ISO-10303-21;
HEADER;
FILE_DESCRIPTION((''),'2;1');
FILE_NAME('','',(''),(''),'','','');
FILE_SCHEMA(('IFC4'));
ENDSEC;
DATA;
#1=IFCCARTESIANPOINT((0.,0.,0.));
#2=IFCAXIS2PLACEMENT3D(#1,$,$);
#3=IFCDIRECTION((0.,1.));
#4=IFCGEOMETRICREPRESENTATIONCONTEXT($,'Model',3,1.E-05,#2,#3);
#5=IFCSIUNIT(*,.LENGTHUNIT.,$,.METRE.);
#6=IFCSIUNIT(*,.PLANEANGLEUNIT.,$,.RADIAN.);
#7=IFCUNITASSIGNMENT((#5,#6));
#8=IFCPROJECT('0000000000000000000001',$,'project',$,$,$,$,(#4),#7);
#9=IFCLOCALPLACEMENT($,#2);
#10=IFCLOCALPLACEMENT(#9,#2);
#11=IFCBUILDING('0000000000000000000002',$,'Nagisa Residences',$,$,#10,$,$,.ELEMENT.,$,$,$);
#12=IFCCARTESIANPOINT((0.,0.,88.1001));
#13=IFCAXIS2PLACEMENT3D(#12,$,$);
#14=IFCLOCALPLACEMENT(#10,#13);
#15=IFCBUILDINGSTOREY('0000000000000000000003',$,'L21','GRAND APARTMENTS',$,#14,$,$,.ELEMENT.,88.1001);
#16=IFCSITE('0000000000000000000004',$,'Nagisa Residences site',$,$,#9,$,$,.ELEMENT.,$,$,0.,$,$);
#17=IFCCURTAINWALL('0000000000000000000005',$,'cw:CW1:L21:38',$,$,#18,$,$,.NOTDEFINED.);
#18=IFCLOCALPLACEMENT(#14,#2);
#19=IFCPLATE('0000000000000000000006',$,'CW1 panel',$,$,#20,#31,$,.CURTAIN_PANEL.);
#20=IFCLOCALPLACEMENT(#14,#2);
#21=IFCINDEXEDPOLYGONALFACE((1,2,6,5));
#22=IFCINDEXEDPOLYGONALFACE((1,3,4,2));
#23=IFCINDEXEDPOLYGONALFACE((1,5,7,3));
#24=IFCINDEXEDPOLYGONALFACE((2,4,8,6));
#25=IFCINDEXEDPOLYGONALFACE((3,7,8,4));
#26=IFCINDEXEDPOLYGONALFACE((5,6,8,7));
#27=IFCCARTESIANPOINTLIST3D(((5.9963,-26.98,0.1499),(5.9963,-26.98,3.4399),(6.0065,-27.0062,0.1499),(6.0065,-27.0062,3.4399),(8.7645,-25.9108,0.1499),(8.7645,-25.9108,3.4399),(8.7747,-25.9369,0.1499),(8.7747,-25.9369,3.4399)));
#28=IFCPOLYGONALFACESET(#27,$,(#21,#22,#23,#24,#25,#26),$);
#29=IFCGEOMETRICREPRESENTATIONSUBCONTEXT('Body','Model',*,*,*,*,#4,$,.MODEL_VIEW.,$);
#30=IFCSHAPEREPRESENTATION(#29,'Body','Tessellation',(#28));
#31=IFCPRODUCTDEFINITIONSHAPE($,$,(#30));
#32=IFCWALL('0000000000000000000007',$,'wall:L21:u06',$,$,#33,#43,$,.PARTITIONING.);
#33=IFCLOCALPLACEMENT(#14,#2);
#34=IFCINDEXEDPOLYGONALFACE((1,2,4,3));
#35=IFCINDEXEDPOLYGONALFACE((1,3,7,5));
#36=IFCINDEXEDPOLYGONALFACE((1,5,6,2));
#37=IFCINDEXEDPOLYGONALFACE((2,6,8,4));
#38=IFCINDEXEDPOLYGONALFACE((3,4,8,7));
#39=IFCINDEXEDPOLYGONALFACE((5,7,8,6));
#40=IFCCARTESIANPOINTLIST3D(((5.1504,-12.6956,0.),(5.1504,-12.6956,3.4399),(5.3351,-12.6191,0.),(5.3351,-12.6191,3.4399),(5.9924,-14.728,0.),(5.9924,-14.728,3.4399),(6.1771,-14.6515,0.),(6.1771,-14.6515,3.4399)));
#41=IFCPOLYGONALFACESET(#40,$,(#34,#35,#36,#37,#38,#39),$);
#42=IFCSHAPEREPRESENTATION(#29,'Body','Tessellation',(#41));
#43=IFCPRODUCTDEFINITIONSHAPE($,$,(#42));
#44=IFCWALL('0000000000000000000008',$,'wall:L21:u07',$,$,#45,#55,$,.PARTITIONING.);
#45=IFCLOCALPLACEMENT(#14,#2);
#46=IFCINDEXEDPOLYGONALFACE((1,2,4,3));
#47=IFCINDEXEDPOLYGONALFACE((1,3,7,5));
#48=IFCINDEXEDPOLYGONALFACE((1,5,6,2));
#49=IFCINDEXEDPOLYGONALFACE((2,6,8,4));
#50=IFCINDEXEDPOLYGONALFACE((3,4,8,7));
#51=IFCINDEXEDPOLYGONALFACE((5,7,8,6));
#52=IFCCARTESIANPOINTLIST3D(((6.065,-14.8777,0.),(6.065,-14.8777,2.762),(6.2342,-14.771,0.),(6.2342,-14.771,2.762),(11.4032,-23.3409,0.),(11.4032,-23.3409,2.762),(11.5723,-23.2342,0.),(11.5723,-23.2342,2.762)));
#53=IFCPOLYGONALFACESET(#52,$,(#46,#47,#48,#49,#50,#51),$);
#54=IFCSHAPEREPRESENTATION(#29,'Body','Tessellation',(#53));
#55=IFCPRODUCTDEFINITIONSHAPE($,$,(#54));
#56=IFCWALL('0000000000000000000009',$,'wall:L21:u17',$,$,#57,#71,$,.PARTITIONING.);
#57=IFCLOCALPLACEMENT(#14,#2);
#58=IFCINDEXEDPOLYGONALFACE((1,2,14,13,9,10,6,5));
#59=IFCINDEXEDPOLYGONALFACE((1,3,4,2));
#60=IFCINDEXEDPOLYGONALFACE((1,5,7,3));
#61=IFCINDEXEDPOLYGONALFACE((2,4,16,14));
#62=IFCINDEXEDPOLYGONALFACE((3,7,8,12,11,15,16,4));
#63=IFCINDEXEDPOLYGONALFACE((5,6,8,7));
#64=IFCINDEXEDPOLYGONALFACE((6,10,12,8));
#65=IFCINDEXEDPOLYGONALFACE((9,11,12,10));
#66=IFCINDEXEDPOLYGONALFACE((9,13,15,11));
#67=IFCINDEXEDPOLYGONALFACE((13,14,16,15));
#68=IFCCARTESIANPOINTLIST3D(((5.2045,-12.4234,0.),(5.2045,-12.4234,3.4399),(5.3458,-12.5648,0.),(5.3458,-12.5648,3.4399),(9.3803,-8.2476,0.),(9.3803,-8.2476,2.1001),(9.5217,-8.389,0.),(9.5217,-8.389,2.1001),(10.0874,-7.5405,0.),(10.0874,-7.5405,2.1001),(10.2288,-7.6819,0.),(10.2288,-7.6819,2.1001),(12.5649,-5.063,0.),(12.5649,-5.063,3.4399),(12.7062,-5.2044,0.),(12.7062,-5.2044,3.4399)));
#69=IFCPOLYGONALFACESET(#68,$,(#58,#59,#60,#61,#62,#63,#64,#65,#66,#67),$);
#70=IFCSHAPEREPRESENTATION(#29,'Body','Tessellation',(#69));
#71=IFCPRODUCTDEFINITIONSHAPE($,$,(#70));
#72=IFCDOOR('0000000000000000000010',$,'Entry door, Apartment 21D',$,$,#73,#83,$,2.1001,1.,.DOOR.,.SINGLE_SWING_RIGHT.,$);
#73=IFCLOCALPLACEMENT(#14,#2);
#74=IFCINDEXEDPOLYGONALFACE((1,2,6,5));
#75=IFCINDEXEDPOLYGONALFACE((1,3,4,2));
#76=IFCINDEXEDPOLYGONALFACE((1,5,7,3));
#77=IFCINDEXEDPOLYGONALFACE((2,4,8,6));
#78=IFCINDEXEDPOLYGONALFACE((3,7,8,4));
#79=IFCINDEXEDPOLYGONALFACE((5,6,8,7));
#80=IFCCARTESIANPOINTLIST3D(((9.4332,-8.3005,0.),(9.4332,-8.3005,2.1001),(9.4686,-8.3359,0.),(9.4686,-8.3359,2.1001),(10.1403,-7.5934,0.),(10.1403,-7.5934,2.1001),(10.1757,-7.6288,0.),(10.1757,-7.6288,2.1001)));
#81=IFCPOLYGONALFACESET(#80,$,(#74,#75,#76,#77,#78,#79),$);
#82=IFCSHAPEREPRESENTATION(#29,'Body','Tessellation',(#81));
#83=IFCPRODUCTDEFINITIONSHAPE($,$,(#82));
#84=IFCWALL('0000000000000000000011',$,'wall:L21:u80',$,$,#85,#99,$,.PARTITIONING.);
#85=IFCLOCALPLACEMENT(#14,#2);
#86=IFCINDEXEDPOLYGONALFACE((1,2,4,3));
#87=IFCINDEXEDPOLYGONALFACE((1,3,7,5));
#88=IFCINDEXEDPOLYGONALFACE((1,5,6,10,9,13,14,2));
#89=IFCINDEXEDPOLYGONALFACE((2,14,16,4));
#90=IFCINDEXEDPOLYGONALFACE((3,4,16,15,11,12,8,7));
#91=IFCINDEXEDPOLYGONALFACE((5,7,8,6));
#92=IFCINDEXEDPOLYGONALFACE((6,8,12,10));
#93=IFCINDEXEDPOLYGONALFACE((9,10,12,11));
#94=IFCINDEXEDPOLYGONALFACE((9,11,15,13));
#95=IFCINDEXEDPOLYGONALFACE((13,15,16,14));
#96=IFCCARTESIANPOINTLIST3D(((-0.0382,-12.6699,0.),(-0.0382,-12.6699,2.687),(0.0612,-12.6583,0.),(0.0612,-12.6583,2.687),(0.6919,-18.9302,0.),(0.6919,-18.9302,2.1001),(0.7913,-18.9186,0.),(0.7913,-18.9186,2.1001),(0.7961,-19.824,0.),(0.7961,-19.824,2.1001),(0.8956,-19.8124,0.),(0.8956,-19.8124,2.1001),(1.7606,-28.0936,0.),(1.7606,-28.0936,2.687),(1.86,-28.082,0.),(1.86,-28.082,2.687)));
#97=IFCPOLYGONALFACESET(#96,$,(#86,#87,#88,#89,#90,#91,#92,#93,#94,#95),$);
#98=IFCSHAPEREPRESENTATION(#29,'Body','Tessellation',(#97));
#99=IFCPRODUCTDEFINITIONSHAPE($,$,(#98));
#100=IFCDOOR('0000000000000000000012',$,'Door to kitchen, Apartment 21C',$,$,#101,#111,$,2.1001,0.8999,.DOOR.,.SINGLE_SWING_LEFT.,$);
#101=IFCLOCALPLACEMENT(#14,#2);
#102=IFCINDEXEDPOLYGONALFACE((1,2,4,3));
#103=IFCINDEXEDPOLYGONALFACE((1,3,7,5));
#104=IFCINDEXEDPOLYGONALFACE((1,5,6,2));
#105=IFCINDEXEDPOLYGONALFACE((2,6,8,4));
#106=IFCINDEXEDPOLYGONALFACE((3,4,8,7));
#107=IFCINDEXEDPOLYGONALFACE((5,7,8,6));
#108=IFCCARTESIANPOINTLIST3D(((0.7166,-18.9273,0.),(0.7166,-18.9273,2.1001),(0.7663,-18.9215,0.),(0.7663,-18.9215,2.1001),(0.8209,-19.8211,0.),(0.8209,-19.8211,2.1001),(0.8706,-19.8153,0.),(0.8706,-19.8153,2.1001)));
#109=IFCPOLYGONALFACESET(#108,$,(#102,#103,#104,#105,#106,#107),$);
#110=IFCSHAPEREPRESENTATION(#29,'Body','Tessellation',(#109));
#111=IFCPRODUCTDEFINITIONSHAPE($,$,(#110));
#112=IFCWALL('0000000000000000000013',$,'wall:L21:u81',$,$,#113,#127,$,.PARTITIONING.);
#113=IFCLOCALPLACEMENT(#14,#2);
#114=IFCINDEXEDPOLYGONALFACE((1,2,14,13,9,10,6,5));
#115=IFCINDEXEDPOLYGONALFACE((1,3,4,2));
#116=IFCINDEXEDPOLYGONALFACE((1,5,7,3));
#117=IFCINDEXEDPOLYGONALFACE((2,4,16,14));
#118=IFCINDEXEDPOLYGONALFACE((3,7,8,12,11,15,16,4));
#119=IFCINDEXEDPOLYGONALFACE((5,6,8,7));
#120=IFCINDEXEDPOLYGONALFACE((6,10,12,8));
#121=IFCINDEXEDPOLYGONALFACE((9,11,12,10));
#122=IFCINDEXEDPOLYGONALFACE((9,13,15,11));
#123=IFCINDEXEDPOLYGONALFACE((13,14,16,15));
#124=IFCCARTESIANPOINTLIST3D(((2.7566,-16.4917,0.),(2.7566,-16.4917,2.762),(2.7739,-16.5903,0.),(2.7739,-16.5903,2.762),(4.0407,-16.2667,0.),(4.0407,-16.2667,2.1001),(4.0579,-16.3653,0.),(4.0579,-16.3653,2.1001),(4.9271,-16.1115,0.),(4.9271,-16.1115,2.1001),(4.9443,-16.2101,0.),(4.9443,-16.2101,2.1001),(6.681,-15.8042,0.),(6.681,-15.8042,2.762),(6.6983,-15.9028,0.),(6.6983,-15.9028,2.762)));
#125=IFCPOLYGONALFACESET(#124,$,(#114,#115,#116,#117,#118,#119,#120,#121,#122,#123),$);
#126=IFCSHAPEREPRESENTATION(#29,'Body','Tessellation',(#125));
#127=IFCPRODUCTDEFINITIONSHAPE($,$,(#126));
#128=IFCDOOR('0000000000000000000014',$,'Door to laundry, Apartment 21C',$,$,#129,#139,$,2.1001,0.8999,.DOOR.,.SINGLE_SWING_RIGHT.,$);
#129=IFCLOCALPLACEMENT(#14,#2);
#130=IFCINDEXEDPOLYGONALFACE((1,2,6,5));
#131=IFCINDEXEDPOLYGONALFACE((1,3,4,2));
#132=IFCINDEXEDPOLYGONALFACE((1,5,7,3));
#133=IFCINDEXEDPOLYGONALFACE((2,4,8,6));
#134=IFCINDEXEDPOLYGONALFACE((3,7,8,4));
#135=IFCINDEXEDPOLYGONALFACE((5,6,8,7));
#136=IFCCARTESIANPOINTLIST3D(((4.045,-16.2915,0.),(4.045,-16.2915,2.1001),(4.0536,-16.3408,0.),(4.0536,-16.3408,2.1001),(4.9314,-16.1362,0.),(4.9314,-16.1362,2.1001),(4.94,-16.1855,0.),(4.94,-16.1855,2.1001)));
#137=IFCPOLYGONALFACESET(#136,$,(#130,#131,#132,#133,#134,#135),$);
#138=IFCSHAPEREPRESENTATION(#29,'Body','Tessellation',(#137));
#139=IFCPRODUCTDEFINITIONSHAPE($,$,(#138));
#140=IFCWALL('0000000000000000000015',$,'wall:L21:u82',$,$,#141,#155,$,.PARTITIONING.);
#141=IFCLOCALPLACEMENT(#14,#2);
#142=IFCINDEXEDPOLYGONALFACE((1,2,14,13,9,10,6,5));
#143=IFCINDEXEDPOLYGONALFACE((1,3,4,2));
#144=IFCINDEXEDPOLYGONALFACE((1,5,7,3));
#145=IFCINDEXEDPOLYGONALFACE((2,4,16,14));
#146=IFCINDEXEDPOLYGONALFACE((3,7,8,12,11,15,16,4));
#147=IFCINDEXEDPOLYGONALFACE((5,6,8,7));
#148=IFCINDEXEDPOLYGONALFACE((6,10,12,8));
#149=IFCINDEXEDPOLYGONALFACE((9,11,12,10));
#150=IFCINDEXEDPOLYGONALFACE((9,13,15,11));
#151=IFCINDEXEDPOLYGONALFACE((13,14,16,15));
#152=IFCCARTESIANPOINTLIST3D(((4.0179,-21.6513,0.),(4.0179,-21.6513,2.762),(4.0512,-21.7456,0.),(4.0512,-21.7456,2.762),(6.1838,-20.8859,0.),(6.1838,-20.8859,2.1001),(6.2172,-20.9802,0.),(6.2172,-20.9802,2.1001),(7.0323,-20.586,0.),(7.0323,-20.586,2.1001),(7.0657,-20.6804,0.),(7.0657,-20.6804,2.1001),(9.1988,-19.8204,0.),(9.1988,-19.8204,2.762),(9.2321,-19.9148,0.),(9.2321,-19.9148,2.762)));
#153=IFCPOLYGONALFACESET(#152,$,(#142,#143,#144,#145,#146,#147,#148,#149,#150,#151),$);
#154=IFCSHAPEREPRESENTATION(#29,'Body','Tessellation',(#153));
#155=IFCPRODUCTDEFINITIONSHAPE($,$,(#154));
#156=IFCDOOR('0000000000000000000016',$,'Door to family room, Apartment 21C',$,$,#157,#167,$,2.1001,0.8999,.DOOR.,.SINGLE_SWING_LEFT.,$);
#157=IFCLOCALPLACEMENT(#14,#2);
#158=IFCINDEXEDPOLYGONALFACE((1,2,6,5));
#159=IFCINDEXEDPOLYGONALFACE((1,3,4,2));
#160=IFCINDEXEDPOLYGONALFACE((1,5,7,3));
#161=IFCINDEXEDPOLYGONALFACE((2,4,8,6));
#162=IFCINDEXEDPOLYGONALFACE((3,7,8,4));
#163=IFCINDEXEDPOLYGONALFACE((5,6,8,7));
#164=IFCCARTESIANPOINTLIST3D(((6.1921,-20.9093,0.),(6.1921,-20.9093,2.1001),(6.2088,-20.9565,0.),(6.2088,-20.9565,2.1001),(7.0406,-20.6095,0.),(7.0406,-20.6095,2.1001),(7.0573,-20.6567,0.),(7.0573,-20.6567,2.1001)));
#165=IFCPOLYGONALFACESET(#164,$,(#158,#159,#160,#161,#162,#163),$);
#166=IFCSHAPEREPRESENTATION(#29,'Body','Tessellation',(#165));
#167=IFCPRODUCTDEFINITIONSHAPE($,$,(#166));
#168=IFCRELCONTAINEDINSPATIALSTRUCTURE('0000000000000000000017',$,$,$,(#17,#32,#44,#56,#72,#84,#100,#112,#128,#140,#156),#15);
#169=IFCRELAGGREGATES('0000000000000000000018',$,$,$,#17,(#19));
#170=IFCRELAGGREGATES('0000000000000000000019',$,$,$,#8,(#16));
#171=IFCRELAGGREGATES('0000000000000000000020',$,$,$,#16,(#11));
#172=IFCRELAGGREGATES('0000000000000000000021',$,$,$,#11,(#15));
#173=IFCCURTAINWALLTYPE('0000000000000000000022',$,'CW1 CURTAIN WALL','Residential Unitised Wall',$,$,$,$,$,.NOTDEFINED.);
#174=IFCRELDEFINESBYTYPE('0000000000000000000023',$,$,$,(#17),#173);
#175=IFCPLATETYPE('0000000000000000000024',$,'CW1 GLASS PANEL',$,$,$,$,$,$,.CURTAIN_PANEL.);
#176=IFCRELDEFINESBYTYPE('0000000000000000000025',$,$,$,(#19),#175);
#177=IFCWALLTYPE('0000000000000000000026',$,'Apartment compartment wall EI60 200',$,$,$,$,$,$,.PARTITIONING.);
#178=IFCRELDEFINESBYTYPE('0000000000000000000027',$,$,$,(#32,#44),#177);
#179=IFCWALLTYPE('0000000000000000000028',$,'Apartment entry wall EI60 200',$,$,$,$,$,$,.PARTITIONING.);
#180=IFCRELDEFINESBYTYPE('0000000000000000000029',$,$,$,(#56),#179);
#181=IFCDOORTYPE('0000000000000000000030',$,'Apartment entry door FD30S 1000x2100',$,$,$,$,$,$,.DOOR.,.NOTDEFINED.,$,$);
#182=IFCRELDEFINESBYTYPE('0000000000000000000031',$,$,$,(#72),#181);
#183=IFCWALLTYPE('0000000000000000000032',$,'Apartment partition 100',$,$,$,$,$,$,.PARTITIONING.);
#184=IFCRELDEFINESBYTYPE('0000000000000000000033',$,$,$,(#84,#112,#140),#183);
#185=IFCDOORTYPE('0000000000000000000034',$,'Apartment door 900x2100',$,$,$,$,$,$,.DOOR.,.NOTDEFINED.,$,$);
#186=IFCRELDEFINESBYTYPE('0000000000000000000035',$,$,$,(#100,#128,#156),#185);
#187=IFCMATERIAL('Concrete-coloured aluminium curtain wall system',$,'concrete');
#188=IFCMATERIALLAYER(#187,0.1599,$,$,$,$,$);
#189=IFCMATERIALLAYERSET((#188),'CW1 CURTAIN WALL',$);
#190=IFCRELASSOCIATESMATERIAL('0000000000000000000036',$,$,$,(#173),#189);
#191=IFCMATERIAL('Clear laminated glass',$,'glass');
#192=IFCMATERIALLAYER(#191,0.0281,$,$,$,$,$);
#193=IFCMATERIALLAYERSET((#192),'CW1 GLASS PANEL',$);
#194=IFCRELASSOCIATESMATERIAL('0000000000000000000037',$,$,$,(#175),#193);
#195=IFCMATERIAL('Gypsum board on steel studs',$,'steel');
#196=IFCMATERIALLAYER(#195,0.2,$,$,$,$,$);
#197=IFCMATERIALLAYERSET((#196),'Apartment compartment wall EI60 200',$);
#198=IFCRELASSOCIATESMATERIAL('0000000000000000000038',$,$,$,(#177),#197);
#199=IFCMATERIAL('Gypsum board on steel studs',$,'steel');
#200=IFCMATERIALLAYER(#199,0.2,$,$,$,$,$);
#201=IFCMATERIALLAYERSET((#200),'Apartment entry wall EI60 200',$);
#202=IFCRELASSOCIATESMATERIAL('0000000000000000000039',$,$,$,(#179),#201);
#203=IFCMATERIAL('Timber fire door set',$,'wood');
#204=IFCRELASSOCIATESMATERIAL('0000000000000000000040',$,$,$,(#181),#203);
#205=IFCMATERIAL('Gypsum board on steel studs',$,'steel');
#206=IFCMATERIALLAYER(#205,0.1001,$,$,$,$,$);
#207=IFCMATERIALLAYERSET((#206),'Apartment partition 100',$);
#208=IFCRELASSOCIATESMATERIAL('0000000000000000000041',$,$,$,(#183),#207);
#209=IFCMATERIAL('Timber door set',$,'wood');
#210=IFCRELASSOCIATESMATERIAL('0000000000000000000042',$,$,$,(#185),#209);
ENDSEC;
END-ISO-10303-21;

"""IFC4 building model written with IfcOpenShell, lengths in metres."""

from ifc_helpers import new_model, si_unit, direction, frame, frame_2d, origin, origin_2d, place, context, subcontext, project, spatial, rectangle, extrude, material, layer, layer_set, type_object, element, fill, aggregate, save


model = new_model("IFC4")

# Units and contexts
model_context = context("Model", 3, precision=1e-05, world=origin(), true_north=direction((0.0, 1.0)))
body_context = subcontext(model_context, "Body", "Model", "MODEL_VIEW")
ifc_project = project(units=[si_unit("LENGTHUNIT", "METRE"), si_unit("PLANEANGLEUNIT", "RADIAN")], contexts=[model_context])

# Site, building, storey
site_placement = place(None, origin())
site = spatial("IfcSite", under=ifc_project, at=site_placement, Name="Nagisa Residences site", CompositionType="ELEMENT", RefElevation=0.0)
building_placement = place(site_placement, origin())
building = spatial("IfcBuilding", under=site, at=building_placement, Name="Nagisa Residences", CompositionType="ELEMENT")
storey_placement = place(building_placement, frame((0.0, 0.0, 88.1001)))
storey = spatial("IfcBuildingStorey", under=building, at=storey_placement, Name="L21", Description="GRAND APARTMENTS", CompositionType="ELEMENT", Elevation=88.1001)

# Curtain wall
ifc_material_1 = material(Name="Concrete-coloured aluminium curtain wall system", Category="concrete")
ifc_layer_1 = layer(ifc_material_1, 0.1599)
ifc_layer_set_1 = layer_set([ifc_layer_1], Name="CW1 CURTAIN WALL")
curtain_wall_type = type_object("IfcCurtainWallType", Name="CW1 CURTAIN WALL", Description="Residential Unitised Wall", PredefinedType="NOTDEFINED", material=ifc_layer_set_1)
curtain_wall_1_placement = place(storey_placement, origin())
curtain_wall_1 = element("IfcCurtainWall", 1, at=curtain_wall_1_placement, inside=storey, type_object=curtain_wall_type, Name="cw:CW1:L21:38", PredefinedType="NOTDEFINED")

# Plate
ifc_material_2 = material(Name="Clear laminated glass", Category="glass")
ifc_layer_2 = layer(ifc_material_2, 0.0281)
ifc_layer_set_2 = layer_set([ifc_layer_2], Name="CW1 GLASS PANEL")
plate_type = type_object("IfcPlateType", Name="CW1 GLASS PANEL", PredefinedType="CURTAIN_PANEL", material=ifc_layer_set_2)
plate_1_placement = place(storey_placement, frame((7.3855, -26.4585, 0.1499), z_axis=(0.0, 0.0, 1.0), x_axis=(0.932826, 0.360328, 0.0)))
plate_1 = element("IfcPlate", 2, at=plate_1_placement, type_object=plate_type, Name="CW1 panel", PredefinedType="CURTAIN_PANEL", context=body_context, shape_type="SweptSolid", body=[
    extrude(rectangle(XDim=2.9675, YDim=0.0281, at=origin_2d()), origin(), (0.0, 0.0, 1.0), 3.29),
])
aggregate(curtain_wall_1, [plate_1])

# Walls
ifc_material_3 = material(Name="Gypsum board on steel studs", Category="steel")
ifc_layer_3 = layer(ifc_material_3, 0.2)
ifc_layer_set_3 = layer_set([ifc_layer_3], Name="Apartment compartment wall EI60 200")
wall_type_1 = type_object("IfcWallType", Name="Apartment compartment wall EI60 200", PredefinedType="PARTITIONING", material=ifc_layer_set_3)
wall_1_placement = place(storey_placement, frame((5.2427, -12.6572, 0.0), z_axis=(0.0, 0.0, 1.0), x_axis=(0.382747, -0.923853, 0.0)))
element("IfcWall", 3, at=wall_1_placement, inside=storey, type_object=wall_type_1, Name="wall:L21:u06", PredefinedType="PARTITIONING", context=body_context, shape_type="SweptSolid", body=[
    extrude(rectangle(XDim=2.2, YDim=0.2, at=frame_2d((1.1001, 0.0))), origin(), (0.0, 0.0, 1.0), 3.4399),
])
wall_2_placement = place(storey_placement, frame((6.1497, -14.8245, 0.0), z_axis=(0.0, 0.0, 1.0), x_axis=(0.533493, -0.845805, 0.0)))
element("IfcWall", 4, at=wall_2_placement, inside=storey, type_object=wall_type_1, Name="wall:L21:u07", PredefinedType="PARTITIONING", context=body_context, shape_type="SweptSolid", body=[
    extrude(rectangle(XDim=10.0061, YDim=0.2, at=frame_2d((5.0029, 0.0))), origin(), (0.0, 0.0, 1.0), 2.762),
])

# Walls, openings, doors
ifc_material_4 = material(Name="Gypsum board on steel studs", Category="steel")
ifc_layer_4 = layer(ifc_material_4, 0.2)
ifc_layer_set_4 = layer_set([ifc_layer_4], Name="Apartment entry wall EI60 200")
wall_type_2 = type_object("IfcWallType", Name="Apartment entry wall EI60 200", PredefinedType="PARTITIONING", material=ifc_layer_set_4)
wall_3_placement = place(storey_placement, frame((5.2751, -12.4941, 0.0), z_axis=(0.0, 0.0, 1.0), x_axis=(0.707107, 0.707107, 0.0)))
wall_3 = element("IfcWall", 5, at=wall_3_placement, inside=storey, type_object=wall_type_2, Name="wall:L21:u17", PredefinedType="PARTITIONING", context=body_context, shape_type="SweptSolid", body=[
    extrude(rectangle(XDim=10.4092, YDim=0.2, at=frame_2d((5.2046, 0.0))), origin(), (0.0, 0.0, 1.0), 3.4399),
])
opening_1_placement = place(wall_3_placement, frame((5.9055, 0.0, 0.0)))
opening_1 = element("IfcOpeningElement", 6, at=opening_1_placement, cuts=wall_3, PredefinedType="OPENING", context=body_context, shape_type="SweptSolid", body=[
    extrude(rectangle(XDim=1.0, YDim=2.1001, at=frame_2d((0.5, 1.05))), frame((0.0, 0.1099, 0.0), z_axis=(0.0, -1.0, 0.0), x_axis=(1.0, 0.0, 0.0)), (0.0, 0.0, 1.0), 0.22),
])
ifc_material_5 = material(Name="Timber fire door set", Category="wood")
door_type_1 = type_object("IfcDoorType", Name="Apartment entry door FD30S 1000x2100", OperationType="NOTDEFINED", PredefinedType="DOOR", material=ifc_material_5)
door_1_placement = place(opening_1_placement, frame((1.0, 0.0, 0.0), x_axis=(-1.0, 0.0, 0.0)))
door_1 = element("IfcDoor", 7, at=door_1_placement, inside=storey, type_object=door_type_1, Name="Entry door, Apartment 21D", OperationType="SINGLE_SWING_RIGHT", OverallHeight=2.1001, OverallWidth=1.0, PredefinedType="DOOR", context=body_context, shape_type="SweptSolid", body=[
    extrude(rectangle(XDim=1.0, YDim=2.1001, at=frame_2d((0.5, 1.05))), frame((0.0, 0.0249, 0.0), z_axis=(0.0, -1.0, 0.0), x_axis=(1.0, 0.0, 0.0)), (0.0, 0.0, 1.0), 0.05),
])
fill(opening_1, door_1)
ifc_material_6 = material(Name="Gypsum board on steel studs", Category="steel")
ifc_layer_5 = layer(ifc_material_6, 0.1001)
ifc_layer_set_5 = layer_set([ifc_layer_5], Name="Apartment partition 100")
wall_type_3 = type_object("IfcWallType", Name="Apartment partition 100", PredefinedType="PARTITIONING", material=ifc_layer_set_5)
wall_4_placement = place(storey_placement, frame((0.0115, -12.6641, 0.0), z_axis=(0.0, 0.0, 1.0), x_axis=(0.115841, -0.993268, 0.0)))
wall_4 = element("IfcWall", 8, at=wall_4_placement, inside=storey, type_object=wall_type_3, Name="wall:L21:u80", PredefinedType="PARTITIONING", context=body_context, shape_type="SweptSolid", body=[
    extrude(rectangle(XDim=15.5283, YDim=0.1001, at=frame_2d((7.7642, 0.0))), origin(), (0.0, 0.0, 1.0), 2.687),
])
opening_2_placement = place(wall_4_placement, frame((6.3027, 0.0, 0.0)))
opening_2 = element("IfcOpeningElement", 9, at=opening_2_placement, cuts=wall_4, PredefinedType="OPENING", context=body_context, shape_type="SweptSolid", body=[
    extrude(rectangle(XDim=0.8999, YDim=2.1001, at=frame_2d((0.45, 1.05))), frame((0.0, 0.0601, 0.0), z_axis=(0.0, -1.0, 0.0), x_axis=(1.0, 0.0, 0.0)), (0.0, 0.0, 1.0), 0.1201),
])
ifc_material_7 = material(Name="Timber door set", Category="wood")
door_type_2 = type_object("IfcDoorType", Name="Apartment door 900x2100", OperationType="NOTDEFINED", PredefinedType="DOOR", material=ifc_material_7)
door_2_placement = place(opening_2_placement, origin())
door_2 = element("IfcDoor", 10, at=door_2_placement, inside=storey, type_object=door_type_2, Name="Door to kitchen, Apartment 21C", OperationType="SINGLE_SWING_LEFT", OverallHeight=2.1001, OverallWidth=0.8999, PredefinedType="DOOR", context=body_context, shape_type="SweptSolid", body=[
    extrude(rectangle(XDim=0.8999, YDim=2.1001, at=frame_2d((0.45, 1.05))), frame((0.0, 0.0249, 0.0), z_axis=(0.0, -1.0, 0.0), x_axis=(1.0, 0.0, 0.0)), (0.0, 0.0, 1.0), 0.05),
])
fill(opening_2, door_2)
wall_5_placement = place(storey_placement, frame((2.7651, -16.541, 0.0), z_axis=(0.0, 0.0, 1.0), x_axis=(0.984999, 0.172562, 0.0)))
wall_5 = element("IfcWall", 11, at=wall_5_placement, inside=storey, type_object=wall_type_3, Name="wall:L21:u81", PredefinedType="PARTITIONING", context=body_context, shape_type="SweptSolid", body=[
    extrude(rectangle(XDim=3.9841, YDim=0.1001, at=frame_2d((1.9922, 0.0))), origin(), (0.0, 0.0, 1.0), 2.762),
])
opening_3_placement = place(wall_5_placement, frame((1.3037, 0.0, 0.0)))
opening_3 = element("IfcOpeningElement", 12, at=opening_3_placement, cuts=wall_5, PredefinedType="OPENING", context=body_context, shape_type="SweptSolid", body=[
    extrude(rectangle(XDim=0.8999, YDim=2.1001, at=frame_2d((0.45, 1.05))), frame((0.0, 0.0601, 0.0), z_axis=(0.0, -1.0, 0.0), x_axis=(1.0, 0.0, 0.0)), (0.0, 0.0, 1.0), 0.1201),
])
door_3_placement = place(opening_3_placement, origin())
door_3 = element("IfcDoor", 13, at=door_3_placement, inside=storey, type_object=door_type_2, Name="Door to laundry, Apartment 21C", OperationType="SINGLE_SWING_RIGHT", OverallHeight=2.1001, OverallWidth=0.8999, PredefinedType="DOOR", context=body_context, shape_type="SweptSolid", body=[
    extrude(rectangle(XDim=0.8999, YDim=2.1001, at=frame_2d((0.45, 1.05))), frame((0.0, 0.0249, 0.0), z_axis=(0.0, -1.0, 0.0), x_axis=(1.0, 0.0, 0.0)), (0.0, 0.0, 1.0), 0.05),
])
fill(opening_3, door_3)
wall_6_placement = place(storey_placement, frame((4.0344, -21.6985, 0.0), z_axis=(0.0, 0.0, 1.0), x_axis=(0.942861, 0.333185, 0.0)))
wall_6 = element("IfcWall", 14, at=wall_6_placement, inside=storey, type_object=wall_type_3, Name="wall:L21:u82", PredefinedType="PARTITIONING", context=body_context, shape_type="SweptSolid", body=[
    extrude(rectangle(XDim=5.4949, YDim=0.1001, at=frame_2d((2.7476, 0.0))), origin(), (0.0, 0.0, 1.0), 2.762),
])
opening_4_placement = place(wall_6_placement, frame((2.2974, 0.0, 0.0)))
opening_4 = element("IfcOpeningElement", 15, at=opening_4_placement, cuts=wall_6, PredefinedType="OPENING", context=body_context, shape_type="SweptSolid", body=[
    extrude(rectangle(XDim=0.8999, YDim=2.1001, at=frame_2d((0.45, 1.05))), frame((0.0, 0.0601, 0.0), z_axis=(0.0, -1.0, 0.0), x_axis=(1.0, 0.0, 0.0)), (0.0, 0.0, 1.0), 0.1201),
])
door_4_placement = place(opening_4_placement, frame((0.8999, 0.0, 0.0), x_axis=(-1.0, 0.0, 0.0)))
door_4 = element("IfcDoor", 16, at=door_4_placement, inside=storey, type_object=door_type_2, Name="Door to family room, Apartment 21C", OperationType="SINGLE_SWING_LEFT", OverallHeight=2.1001, OverallWidth=0.8999, PredefinedType="DOOR", context=body_context, shape_type="SweptSolid", body=[
    extrude(rectangle(XDim=0.8999, YDim=2.1001, at=frame_2d((0.45, 1.05))), frame((0.0, 0.0249, 0.0), z_axis=(0.0, -1.0, 0.0), x_axis=(1.0, 0.0, 0.0)), (0.0, 0.0, 1.0), 0.05),
])
fill(opening_4, door_4)

save(model, "model.ifc")
